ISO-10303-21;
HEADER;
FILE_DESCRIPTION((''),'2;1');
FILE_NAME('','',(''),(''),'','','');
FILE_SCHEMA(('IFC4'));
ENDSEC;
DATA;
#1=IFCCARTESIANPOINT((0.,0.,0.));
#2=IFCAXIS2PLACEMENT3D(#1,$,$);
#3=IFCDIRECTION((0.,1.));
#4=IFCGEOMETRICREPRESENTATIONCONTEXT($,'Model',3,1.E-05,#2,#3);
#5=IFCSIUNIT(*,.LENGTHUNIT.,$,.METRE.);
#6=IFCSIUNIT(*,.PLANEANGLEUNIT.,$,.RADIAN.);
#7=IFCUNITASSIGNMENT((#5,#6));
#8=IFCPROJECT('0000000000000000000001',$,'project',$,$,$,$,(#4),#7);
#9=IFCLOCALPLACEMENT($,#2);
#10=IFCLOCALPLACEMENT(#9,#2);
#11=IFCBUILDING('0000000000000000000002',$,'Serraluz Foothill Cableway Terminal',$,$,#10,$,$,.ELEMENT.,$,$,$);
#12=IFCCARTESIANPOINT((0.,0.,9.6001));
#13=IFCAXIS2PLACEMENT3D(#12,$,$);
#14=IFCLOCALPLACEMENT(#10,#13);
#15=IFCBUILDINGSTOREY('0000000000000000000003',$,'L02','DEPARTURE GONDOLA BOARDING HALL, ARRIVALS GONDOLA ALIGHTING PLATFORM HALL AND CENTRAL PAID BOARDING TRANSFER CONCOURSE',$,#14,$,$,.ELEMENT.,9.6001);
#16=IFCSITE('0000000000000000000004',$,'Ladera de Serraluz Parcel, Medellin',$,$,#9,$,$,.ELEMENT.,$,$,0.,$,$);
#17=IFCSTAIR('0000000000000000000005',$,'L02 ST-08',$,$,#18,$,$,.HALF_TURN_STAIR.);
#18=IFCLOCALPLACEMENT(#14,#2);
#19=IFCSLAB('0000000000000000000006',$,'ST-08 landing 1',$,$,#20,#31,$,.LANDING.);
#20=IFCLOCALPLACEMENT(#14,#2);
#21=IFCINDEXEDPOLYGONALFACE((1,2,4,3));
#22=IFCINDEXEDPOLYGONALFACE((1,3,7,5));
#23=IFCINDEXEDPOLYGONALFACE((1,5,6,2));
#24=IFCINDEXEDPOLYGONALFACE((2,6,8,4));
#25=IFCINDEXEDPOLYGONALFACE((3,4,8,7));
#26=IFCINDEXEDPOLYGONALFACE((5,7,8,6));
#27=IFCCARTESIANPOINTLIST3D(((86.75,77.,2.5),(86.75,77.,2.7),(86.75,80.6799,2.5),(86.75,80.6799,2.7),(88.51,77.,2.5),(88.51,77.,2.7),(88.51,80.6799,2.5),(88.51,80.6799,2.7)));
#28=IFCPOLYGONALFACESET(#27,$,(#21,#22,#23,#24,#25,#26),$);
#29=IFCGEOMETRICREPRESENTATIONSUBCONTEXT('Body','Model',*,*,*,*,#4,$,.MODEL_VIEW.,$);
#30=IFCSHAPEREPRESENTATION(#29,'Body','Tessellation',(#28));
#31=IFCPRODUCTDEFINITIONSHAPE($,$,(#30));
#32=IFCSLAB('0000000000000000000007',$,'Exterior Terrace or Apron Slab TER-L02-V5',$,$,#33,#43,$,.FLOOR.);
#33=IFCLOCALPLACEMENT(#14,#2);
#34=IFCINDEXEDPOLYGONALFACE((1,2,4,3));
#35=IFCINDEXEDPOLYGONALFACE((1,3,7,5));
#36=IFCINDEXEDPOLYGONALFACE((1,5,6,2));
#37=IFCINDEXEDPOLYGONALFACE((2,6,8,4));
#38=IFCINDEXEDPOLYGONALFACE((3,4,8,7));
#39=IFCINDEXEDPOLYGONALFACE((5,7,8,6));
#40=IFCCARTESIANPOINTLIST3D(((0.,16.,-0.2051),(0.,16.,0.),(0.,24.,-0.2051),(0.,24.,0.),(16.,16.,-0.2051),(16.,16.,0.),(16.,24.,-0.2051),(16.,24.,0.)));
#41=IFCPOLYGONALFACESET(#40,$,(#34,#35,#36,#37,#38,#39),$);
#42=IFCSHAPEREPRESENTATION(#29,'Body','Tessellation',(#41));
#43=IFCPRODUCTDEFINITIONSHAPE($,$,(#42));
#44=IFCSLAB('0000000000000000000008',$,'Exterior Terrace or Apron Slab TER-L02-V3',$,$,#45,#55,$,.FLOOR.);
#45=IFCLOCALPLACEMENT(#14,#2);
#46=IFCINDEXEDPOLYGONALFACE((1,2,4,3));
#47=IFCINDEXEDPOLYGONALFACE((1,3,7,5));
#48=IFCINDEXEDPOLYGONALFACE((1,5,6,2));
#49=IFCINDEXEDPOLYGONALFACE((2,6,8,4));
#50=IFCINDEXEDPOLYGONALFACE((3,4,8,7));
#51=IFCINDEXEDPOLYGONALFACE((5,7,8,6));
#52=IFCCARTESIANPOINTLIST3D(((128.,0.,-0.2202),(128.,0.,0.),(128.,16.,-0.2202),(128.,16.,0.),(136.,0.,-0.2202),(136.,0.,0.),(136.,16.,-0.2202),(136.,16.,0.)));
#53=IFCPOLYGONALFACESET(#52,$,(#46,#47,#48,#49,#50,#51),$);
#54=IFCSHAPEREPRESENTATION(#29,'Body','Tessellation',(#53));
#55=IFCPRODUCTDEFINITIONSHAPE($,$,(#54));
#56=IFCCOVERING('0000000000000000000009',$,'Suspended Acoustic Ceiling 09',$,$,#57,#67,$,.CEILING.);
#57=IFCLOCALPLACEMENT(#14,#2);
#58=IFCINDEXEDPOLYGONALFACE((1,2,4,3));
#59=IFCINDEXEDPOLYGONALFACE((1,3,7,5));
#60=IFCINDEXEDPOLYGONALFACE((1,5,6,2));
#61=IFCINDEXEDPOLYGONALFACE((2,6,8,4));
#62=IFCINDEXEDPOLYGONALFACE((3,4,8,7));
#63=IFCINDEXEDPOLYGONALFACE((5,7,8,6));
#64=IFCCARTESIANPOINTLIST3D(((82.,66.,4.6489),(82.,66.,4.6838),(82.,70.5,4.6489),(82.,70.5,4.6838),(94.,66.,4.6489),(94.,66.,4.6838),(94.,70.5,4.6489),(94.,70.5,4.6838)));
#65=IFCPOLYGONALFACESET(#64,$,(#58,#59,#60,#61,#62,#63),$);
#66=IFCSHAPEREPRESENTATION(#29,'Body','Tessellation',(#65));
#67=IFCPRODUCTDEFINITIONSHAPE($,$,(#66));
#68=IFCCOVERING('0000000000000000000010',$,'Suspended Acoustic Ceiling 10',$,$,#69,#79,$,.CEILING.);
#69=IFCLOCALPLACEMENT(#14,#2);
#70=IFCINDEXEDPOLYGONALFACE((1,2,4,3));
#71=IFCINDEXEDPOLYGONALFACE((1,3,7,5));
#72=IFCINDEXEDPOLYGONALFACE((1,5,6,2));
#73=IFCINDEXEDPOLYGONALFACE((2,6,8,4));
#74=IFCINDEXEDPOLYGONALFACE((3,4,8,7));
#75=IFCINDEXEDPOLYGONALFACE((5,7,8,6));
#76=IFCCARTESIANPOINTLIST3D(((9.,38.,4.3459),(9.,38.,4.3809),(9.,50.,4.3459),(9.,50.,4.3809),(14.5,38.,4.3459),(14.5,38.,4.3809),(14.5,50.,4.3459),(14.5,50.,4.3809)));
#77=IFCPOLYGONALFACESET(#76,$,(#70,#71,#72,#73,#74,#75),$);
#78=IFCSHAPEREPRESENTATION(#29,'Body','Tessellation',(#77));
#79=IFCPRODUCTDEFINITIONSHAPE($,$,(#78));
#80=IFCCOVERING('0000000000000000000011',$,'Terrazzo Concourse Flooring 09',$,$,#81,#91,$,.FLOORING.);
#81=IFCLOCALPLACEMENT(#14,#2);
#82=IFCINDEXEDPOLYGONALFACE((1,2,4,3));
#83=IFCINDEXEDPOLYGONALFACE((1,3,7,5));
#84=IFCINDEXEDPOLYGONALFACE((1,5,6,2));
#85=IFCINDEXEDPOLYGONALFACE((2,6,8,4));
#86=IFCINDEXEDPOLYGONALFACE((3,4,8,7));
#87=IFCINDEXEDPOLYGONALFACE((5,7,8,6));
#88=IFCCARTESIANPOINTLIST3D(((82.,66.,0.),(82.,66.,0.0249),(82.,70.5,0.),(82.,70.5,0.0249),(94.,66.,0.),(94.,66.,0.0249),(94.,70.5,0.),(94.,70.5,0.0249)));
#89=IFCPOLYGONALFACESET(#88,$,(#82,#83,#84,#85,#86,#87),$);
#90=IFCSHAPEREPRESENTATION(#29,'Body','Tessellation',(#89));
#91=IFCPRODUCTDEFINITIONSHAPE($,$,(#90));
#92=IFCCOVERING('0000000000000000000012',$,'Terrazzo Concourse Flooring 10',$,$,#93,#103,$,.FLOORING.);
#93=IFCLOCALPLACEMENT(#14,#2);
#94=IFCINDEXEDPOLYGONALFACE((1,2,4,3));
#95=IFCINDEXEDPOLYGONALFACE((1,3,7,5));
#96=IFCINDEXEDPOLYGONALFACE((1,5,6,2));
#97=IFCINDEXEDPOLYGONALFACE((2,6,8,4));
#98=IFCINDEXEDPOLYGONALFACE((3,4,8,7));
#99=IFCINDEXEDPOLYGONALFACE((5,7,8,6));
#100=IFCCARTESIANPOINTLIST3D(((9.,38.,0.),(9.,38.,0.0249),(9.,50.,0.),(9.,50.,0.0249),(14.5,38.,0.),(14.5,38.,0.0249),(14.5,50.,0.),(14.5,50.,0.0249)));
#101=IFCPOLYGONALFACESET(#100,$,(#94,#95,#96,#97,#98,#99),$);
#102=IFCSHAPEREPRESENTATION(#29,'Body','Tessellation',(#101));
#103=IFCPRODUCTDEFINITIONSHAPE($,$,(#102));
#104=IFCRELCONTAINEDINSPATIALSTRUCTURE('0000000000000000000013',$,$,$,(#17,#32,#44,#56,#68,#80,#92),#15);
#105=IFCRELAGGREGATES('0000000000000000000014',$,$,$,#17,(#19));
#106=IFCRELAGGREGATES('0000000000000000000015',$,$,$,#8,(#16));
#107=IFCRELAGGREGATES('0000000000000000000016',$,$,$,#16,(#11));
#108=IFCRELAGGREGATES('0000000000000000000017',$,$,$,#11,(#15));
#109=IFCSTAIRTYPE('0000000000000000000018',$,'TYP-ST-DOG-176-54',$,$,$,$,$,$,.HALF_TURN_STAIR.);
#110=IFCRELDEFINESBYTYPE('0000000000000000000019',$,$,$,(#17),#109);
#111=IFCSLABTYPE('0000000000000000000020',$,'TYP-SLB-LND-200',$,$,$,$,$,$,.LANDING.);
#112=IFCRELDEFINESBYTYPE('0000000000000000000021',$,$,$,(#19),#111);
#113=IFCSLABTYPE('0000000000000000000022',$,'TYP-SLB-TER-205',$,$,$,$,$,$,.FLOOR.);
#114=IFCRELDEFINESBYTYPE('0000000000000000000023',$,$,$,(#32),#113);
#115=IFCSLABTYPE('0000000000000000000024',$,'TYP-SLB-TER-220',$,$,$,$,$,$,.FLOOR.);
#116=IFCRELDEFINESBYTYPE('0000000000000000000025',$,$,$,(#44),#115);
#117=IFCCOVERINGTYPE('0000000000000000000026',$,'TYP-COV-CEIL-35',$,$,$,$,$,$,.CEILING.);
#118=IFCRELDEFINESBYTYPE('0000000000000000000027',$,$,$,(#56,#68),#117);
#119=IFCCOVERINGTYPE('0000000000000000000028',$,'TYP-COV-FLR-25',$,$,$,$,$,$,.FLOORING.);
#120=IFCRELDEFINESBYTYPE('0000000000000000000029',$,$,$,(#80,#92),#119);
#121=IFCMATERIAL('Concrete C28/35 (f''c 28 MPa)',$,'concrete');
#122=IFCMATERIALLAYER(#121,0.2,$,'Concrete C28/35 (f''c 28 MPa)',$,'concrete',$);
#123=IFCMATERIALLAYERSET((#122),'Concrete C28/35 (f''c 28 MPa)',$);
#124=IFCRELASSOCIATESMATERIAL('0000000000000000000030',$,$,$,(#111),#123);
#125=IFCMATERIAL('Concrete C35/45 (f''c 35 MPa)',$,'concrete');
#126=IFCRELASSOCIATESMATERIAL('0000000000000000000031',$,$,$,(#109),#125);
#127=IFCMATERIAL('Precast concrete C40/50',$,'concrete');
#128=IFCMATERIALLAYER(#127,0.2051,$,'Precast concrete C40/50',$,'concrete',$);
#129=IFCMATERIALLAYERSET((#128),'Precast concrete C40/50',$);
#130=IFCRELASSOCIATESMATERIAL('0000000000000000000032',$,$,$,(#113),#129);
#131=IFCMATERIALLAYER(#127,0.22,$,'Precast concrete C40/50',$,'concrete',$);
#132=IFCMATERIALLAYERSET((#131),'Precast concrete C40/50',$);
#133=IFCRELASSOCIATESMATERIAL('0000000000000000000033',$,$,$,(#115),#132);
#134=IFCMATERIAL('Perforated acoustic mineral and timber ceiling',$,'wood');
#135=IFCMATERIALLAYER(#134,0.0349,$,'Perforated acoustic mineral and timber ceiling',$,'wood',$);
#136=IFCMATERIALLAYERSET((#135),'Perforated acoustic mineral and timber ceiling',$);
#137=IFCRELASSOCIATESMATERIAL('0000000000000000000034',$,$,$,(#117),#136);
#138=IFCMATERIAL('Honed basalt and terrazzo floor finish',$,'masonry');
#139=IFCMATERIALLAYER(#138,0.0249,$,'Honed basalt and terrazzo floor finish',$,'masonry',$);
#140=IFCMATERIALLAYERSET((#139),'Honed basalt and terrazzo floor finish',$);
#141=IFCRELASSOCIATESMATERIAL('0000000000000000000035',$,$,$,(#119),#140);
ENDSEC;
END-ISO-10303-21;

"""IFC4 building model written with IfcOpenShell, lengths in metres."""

from ifc_helpers import new_model, si_unit, direction, frame, origin, place, context, subcontext, project, spatial, polyline, outline, extrude, material, layer, layer_set, type_object, element, aggregate, save


model = new_model("IFC4")

# Units and contexts
model_context = context("Model", 3, precision=1e-05, world=origin(), true_north=direction((0.0, 1.0)))
body_context = subcontext(model_context, "Body", "Model", "MODEL_VIEW")
ifc_project = project(units=[si_unit("LENGTHUNIT", "METRE"), si_unit("PLANEANGLEUNIT", "RADIAN")], contexts=[model_context])

# Site, building, storey
site_placement = place(None, origin())
site = spatial("IfcSite", under=ifc_project, at=site_placement, Name="Ladera de Serraluz Parcel, Medellin", CompositionType="ELEMENT", RefElevation=0.0)
building_placement = place(site_placement, origin())
building = spatial("IfcBuilding", under=site, at=building_placement, Name="Serraluz Foothill Cableway Terminal", CompositionType="ELEMENT")
storey_placement = place(building_placement, frame((0.0, 0.0, 9.6001)))
storey = spatial("IfcBuildingStorey", under=building, at=storey_placement, Name="L02", Description="DEPARTURE GONDOLA BOARDING HALL, ARRIVALS GONDOLA ALIGHTING PLATFORM HALL AND CENTRAL PAID BOARDING TRANSFER CONCOURSE", CompositionType="ELEMENT", Elevation=9.6001)

# Shared definitions
ifc_material_1 = material(Name="Concrete C35/45 (f'c 35 MPa)", Category="concrete")

# Shared definitions
ifc_material_2 = material(Name="Concrete C28/35 (f'c 28 MPa)", Category="concrete")

# Stair, slab
ifc_layer_1 = layer(ifc_material_2, 0.2, Name="Concrete C28/35 (f'c 28 MPa)", Category="concrete")
ifc_layer_set_1 = layer_set([ifc_layer_1], Name="Concrete C28/35 (f'c 28 MPa)")
slab_type_1 = type_object("IfcSlabType", Name="TYP-SLB-LND-200", PredefinedType="LANDING", material=ifc_layer_set_1)
stair_type_1 = type_object("IfcStairType", Name="TYP-ST-DOG-176-54", PredefinedType="HALF_TURN_STAIR", material=ifc_material_1)
stair_1_placement = place(storey_placement, origin())
stair_1 = element("IfcStair", 1, at=stair_1_placement, inside=storey, type_object=stair_type_1, Name="L02 ST-08", PredefinedType="HALF_TURN_STAIR")
slab_1_placement = place(storey_placement, frame((0.0, 0.0, 2.5)))
slab_1 = element("IfcSlab", 2, at=slab_1_placement, type_object=slab_type_1, Name="ST-08 landing 1", PredefinedType="LANDING", context=body_context, shape_type="SweptSolid", body=[
    extrude(outline(polyline([(86.75, 77.0), (88.51, 77.0), (88.51, 80.6799), (86.75, 80.6799), (86.75, 77.0)])), origin(), (0.0, 0.0, 1.0), 0.2),
])
aggregate(stair_1, [slab_1])

# Slabs
ifc_material_3 = material(Name="Precast concrete C40/50", Category="concrete")
ifc_layer_2 = layer(ifc_material_3, 0.2051, Name="Precast concrete C40/50", Category="concrete")
ifc_layer_set_2 = layer_set([ifc_layer_2], Name="Precast concrete C40/50")
slab_type_2 = type_object("IfcSlabType", Name="TYP-SLB-TER-205", PredefinedType="FLOOR", material=ifc_layer_set_2)
slab_2_placement = place(storey_placement, frame((0.0, 0.0, -0.2051)))
element("IfcSlab", 3, at=slab_2_placement, inside=storey, type_object=slab_type_2, Name="Exterior Terrace or Apron Slab TER-L02-V5", PredefinedType="FLOOR", context=body_context, shape_type="SweptSolid", body=[
    extrude(outline(polyline([(0.0, 16.0), (16.0, 16.0), (16.0, 24.0), (0.0, 24.0), (0.0, 16.0)])), origin(), (0.0, 0.0, 1.0), 0.2051),
])
ifc_layer_3 = layer(ifc_material_3, 0.22, Name="Precast concrete C40/50", Category="concrete")
ifc_layer_set_3 = layer_set([ifc_layer_3], Name="Precast concrete C40/50")
slab_type_3 = type_object("IfcSlabType", Name="TYP-SLB-TER-220", PredefinedType="FLOOR", material=ifc_layer_set_3)
slab_3_placement = place(storey_placement, frame((0.0, 0.0, -0.2202)))
element("IfcSlab", 4, at=slab_3_placement, inside=storey, type_object=slab_type_3, Name="Exterior Terrace or Apron Slab TER-L02-V3", PredefinedType="FLOOR", context=body_context, shape_type="SweptSolid", body=[
    extrude(outline(polyline([(128.0, 0.0), (136.0, 0.0), (136.0, 16.0), (128.0, 16.0), (128.0, 0.0)])), origin(), (0.0, 0.0, 1.0), 0.2202),
])

# Coverings
ifc_material_4 = material(Name="Perforated acoustic mineral and timber ceiling", Category="wood")
ifc_layer_4 = layer(ifc_material_4, 0.0349, Name="Perforated acoustic mineral and timber ceiling", Category="wood")
ifc_layer_set_4 = layer_set([ifc_layer_4], Name="Perforated acoustic mineral and timber ceiling")
covering_type_1 = type_object("IfcCoveringType", Name="TYP-COV-CEIL-35", PredefinedType="CEILING", material=ifc_layer_set_4)
covering_1_placement = place(storey_placement, frame((0.0, 0.0, 4.6489)))
element("IfcCovering", 5, at=covering_1_placement, inside=storey, type_object=covering_type_1, Name="Suspended Acoustic Ceiling 09", PredefinedType="CEILING", context=body_context, shape_type="SweptSolid", body=[
    extrude(outline(polyline([(82.0, 66.0), (82.0, 70.5), (94.0, 70.5), (94.0, 66.0), (82.0, 66.0)])), origin(), (0.0, 0.0, 1.0), 0.0349),
])
covering_2_placement = place(storey_placement, frame((0.0, 0.0, 4.3459)))
element("IfcCovering", 6, at=covering_2_placement, inside=storey, type_object=covering_type_1, Name="Suspended Acoustic Ceiling 10", PredefinedType="CEILING", context=body_context, shape_type="SweptSolid", body=[
    extrude(outline(polyline([(9.0, 38.0), (9.0, 50.0), (14.5, 50.0), (14.5, 38.0), (9.0, 38.0)])), origin(), (0.0, 0.0, 1.0), 0.0349),
])
ifc_material_5 = material(Name="Honed basalt and terrazzo floor finish", Category="masonry")
ifc_layer_5 = layer(ifc_material_5, 0.0249, Name="Honed basalt and terrazzo floor finish", Category="masonry")
ifc_layer_set_5 = layer_set([ifc_layer_5], Name="Honed basalt and terrazzo floor finish")
covering_type_2 = type_object("IfcCoveringType", Name="TYP-COV-FLR-25", PredefinedType="FLOORING", material=ifc_layer_set_5)
covering_3_placement = place(storey_placement, origin())
element("IfcCovering", 7, at=covering_3_placement, inside=storey, type_object=covering_type_2, Name="Terrazzo Concourse Flooring 09", PredefinedType="FLOORING", context=body_context, shape_type="SweptSolid", body=[
    extrude(outline(polyline([(82.0, 66.0), (94.0, 66.0), (94.0, 70.5), (82.0, 70.5), (82.0, 66.0)])), origin(), (0.0, 0.0, 1.0), 0.0249),
])
covering_4_placement = place(storey_placement, origin())
element("IfcCovering", 8, at=covering_4_placement, inside=storey, type_object=covering_type_2, Name="Terrazzo Concourse Flooring 10", PredefinedType="FLOORING", context=body_context, shape_type="SweptSolid", body=[
    extrude(outline(polyline([(9.0, 38.0), (14.5, 38.0), (14.5, 50.0), (9.0, 50.0), (9.0, 38.0)])), origin(), (0.0, 0.0, 1.0), 0.0249),
])

save(model, "model.ifc")
